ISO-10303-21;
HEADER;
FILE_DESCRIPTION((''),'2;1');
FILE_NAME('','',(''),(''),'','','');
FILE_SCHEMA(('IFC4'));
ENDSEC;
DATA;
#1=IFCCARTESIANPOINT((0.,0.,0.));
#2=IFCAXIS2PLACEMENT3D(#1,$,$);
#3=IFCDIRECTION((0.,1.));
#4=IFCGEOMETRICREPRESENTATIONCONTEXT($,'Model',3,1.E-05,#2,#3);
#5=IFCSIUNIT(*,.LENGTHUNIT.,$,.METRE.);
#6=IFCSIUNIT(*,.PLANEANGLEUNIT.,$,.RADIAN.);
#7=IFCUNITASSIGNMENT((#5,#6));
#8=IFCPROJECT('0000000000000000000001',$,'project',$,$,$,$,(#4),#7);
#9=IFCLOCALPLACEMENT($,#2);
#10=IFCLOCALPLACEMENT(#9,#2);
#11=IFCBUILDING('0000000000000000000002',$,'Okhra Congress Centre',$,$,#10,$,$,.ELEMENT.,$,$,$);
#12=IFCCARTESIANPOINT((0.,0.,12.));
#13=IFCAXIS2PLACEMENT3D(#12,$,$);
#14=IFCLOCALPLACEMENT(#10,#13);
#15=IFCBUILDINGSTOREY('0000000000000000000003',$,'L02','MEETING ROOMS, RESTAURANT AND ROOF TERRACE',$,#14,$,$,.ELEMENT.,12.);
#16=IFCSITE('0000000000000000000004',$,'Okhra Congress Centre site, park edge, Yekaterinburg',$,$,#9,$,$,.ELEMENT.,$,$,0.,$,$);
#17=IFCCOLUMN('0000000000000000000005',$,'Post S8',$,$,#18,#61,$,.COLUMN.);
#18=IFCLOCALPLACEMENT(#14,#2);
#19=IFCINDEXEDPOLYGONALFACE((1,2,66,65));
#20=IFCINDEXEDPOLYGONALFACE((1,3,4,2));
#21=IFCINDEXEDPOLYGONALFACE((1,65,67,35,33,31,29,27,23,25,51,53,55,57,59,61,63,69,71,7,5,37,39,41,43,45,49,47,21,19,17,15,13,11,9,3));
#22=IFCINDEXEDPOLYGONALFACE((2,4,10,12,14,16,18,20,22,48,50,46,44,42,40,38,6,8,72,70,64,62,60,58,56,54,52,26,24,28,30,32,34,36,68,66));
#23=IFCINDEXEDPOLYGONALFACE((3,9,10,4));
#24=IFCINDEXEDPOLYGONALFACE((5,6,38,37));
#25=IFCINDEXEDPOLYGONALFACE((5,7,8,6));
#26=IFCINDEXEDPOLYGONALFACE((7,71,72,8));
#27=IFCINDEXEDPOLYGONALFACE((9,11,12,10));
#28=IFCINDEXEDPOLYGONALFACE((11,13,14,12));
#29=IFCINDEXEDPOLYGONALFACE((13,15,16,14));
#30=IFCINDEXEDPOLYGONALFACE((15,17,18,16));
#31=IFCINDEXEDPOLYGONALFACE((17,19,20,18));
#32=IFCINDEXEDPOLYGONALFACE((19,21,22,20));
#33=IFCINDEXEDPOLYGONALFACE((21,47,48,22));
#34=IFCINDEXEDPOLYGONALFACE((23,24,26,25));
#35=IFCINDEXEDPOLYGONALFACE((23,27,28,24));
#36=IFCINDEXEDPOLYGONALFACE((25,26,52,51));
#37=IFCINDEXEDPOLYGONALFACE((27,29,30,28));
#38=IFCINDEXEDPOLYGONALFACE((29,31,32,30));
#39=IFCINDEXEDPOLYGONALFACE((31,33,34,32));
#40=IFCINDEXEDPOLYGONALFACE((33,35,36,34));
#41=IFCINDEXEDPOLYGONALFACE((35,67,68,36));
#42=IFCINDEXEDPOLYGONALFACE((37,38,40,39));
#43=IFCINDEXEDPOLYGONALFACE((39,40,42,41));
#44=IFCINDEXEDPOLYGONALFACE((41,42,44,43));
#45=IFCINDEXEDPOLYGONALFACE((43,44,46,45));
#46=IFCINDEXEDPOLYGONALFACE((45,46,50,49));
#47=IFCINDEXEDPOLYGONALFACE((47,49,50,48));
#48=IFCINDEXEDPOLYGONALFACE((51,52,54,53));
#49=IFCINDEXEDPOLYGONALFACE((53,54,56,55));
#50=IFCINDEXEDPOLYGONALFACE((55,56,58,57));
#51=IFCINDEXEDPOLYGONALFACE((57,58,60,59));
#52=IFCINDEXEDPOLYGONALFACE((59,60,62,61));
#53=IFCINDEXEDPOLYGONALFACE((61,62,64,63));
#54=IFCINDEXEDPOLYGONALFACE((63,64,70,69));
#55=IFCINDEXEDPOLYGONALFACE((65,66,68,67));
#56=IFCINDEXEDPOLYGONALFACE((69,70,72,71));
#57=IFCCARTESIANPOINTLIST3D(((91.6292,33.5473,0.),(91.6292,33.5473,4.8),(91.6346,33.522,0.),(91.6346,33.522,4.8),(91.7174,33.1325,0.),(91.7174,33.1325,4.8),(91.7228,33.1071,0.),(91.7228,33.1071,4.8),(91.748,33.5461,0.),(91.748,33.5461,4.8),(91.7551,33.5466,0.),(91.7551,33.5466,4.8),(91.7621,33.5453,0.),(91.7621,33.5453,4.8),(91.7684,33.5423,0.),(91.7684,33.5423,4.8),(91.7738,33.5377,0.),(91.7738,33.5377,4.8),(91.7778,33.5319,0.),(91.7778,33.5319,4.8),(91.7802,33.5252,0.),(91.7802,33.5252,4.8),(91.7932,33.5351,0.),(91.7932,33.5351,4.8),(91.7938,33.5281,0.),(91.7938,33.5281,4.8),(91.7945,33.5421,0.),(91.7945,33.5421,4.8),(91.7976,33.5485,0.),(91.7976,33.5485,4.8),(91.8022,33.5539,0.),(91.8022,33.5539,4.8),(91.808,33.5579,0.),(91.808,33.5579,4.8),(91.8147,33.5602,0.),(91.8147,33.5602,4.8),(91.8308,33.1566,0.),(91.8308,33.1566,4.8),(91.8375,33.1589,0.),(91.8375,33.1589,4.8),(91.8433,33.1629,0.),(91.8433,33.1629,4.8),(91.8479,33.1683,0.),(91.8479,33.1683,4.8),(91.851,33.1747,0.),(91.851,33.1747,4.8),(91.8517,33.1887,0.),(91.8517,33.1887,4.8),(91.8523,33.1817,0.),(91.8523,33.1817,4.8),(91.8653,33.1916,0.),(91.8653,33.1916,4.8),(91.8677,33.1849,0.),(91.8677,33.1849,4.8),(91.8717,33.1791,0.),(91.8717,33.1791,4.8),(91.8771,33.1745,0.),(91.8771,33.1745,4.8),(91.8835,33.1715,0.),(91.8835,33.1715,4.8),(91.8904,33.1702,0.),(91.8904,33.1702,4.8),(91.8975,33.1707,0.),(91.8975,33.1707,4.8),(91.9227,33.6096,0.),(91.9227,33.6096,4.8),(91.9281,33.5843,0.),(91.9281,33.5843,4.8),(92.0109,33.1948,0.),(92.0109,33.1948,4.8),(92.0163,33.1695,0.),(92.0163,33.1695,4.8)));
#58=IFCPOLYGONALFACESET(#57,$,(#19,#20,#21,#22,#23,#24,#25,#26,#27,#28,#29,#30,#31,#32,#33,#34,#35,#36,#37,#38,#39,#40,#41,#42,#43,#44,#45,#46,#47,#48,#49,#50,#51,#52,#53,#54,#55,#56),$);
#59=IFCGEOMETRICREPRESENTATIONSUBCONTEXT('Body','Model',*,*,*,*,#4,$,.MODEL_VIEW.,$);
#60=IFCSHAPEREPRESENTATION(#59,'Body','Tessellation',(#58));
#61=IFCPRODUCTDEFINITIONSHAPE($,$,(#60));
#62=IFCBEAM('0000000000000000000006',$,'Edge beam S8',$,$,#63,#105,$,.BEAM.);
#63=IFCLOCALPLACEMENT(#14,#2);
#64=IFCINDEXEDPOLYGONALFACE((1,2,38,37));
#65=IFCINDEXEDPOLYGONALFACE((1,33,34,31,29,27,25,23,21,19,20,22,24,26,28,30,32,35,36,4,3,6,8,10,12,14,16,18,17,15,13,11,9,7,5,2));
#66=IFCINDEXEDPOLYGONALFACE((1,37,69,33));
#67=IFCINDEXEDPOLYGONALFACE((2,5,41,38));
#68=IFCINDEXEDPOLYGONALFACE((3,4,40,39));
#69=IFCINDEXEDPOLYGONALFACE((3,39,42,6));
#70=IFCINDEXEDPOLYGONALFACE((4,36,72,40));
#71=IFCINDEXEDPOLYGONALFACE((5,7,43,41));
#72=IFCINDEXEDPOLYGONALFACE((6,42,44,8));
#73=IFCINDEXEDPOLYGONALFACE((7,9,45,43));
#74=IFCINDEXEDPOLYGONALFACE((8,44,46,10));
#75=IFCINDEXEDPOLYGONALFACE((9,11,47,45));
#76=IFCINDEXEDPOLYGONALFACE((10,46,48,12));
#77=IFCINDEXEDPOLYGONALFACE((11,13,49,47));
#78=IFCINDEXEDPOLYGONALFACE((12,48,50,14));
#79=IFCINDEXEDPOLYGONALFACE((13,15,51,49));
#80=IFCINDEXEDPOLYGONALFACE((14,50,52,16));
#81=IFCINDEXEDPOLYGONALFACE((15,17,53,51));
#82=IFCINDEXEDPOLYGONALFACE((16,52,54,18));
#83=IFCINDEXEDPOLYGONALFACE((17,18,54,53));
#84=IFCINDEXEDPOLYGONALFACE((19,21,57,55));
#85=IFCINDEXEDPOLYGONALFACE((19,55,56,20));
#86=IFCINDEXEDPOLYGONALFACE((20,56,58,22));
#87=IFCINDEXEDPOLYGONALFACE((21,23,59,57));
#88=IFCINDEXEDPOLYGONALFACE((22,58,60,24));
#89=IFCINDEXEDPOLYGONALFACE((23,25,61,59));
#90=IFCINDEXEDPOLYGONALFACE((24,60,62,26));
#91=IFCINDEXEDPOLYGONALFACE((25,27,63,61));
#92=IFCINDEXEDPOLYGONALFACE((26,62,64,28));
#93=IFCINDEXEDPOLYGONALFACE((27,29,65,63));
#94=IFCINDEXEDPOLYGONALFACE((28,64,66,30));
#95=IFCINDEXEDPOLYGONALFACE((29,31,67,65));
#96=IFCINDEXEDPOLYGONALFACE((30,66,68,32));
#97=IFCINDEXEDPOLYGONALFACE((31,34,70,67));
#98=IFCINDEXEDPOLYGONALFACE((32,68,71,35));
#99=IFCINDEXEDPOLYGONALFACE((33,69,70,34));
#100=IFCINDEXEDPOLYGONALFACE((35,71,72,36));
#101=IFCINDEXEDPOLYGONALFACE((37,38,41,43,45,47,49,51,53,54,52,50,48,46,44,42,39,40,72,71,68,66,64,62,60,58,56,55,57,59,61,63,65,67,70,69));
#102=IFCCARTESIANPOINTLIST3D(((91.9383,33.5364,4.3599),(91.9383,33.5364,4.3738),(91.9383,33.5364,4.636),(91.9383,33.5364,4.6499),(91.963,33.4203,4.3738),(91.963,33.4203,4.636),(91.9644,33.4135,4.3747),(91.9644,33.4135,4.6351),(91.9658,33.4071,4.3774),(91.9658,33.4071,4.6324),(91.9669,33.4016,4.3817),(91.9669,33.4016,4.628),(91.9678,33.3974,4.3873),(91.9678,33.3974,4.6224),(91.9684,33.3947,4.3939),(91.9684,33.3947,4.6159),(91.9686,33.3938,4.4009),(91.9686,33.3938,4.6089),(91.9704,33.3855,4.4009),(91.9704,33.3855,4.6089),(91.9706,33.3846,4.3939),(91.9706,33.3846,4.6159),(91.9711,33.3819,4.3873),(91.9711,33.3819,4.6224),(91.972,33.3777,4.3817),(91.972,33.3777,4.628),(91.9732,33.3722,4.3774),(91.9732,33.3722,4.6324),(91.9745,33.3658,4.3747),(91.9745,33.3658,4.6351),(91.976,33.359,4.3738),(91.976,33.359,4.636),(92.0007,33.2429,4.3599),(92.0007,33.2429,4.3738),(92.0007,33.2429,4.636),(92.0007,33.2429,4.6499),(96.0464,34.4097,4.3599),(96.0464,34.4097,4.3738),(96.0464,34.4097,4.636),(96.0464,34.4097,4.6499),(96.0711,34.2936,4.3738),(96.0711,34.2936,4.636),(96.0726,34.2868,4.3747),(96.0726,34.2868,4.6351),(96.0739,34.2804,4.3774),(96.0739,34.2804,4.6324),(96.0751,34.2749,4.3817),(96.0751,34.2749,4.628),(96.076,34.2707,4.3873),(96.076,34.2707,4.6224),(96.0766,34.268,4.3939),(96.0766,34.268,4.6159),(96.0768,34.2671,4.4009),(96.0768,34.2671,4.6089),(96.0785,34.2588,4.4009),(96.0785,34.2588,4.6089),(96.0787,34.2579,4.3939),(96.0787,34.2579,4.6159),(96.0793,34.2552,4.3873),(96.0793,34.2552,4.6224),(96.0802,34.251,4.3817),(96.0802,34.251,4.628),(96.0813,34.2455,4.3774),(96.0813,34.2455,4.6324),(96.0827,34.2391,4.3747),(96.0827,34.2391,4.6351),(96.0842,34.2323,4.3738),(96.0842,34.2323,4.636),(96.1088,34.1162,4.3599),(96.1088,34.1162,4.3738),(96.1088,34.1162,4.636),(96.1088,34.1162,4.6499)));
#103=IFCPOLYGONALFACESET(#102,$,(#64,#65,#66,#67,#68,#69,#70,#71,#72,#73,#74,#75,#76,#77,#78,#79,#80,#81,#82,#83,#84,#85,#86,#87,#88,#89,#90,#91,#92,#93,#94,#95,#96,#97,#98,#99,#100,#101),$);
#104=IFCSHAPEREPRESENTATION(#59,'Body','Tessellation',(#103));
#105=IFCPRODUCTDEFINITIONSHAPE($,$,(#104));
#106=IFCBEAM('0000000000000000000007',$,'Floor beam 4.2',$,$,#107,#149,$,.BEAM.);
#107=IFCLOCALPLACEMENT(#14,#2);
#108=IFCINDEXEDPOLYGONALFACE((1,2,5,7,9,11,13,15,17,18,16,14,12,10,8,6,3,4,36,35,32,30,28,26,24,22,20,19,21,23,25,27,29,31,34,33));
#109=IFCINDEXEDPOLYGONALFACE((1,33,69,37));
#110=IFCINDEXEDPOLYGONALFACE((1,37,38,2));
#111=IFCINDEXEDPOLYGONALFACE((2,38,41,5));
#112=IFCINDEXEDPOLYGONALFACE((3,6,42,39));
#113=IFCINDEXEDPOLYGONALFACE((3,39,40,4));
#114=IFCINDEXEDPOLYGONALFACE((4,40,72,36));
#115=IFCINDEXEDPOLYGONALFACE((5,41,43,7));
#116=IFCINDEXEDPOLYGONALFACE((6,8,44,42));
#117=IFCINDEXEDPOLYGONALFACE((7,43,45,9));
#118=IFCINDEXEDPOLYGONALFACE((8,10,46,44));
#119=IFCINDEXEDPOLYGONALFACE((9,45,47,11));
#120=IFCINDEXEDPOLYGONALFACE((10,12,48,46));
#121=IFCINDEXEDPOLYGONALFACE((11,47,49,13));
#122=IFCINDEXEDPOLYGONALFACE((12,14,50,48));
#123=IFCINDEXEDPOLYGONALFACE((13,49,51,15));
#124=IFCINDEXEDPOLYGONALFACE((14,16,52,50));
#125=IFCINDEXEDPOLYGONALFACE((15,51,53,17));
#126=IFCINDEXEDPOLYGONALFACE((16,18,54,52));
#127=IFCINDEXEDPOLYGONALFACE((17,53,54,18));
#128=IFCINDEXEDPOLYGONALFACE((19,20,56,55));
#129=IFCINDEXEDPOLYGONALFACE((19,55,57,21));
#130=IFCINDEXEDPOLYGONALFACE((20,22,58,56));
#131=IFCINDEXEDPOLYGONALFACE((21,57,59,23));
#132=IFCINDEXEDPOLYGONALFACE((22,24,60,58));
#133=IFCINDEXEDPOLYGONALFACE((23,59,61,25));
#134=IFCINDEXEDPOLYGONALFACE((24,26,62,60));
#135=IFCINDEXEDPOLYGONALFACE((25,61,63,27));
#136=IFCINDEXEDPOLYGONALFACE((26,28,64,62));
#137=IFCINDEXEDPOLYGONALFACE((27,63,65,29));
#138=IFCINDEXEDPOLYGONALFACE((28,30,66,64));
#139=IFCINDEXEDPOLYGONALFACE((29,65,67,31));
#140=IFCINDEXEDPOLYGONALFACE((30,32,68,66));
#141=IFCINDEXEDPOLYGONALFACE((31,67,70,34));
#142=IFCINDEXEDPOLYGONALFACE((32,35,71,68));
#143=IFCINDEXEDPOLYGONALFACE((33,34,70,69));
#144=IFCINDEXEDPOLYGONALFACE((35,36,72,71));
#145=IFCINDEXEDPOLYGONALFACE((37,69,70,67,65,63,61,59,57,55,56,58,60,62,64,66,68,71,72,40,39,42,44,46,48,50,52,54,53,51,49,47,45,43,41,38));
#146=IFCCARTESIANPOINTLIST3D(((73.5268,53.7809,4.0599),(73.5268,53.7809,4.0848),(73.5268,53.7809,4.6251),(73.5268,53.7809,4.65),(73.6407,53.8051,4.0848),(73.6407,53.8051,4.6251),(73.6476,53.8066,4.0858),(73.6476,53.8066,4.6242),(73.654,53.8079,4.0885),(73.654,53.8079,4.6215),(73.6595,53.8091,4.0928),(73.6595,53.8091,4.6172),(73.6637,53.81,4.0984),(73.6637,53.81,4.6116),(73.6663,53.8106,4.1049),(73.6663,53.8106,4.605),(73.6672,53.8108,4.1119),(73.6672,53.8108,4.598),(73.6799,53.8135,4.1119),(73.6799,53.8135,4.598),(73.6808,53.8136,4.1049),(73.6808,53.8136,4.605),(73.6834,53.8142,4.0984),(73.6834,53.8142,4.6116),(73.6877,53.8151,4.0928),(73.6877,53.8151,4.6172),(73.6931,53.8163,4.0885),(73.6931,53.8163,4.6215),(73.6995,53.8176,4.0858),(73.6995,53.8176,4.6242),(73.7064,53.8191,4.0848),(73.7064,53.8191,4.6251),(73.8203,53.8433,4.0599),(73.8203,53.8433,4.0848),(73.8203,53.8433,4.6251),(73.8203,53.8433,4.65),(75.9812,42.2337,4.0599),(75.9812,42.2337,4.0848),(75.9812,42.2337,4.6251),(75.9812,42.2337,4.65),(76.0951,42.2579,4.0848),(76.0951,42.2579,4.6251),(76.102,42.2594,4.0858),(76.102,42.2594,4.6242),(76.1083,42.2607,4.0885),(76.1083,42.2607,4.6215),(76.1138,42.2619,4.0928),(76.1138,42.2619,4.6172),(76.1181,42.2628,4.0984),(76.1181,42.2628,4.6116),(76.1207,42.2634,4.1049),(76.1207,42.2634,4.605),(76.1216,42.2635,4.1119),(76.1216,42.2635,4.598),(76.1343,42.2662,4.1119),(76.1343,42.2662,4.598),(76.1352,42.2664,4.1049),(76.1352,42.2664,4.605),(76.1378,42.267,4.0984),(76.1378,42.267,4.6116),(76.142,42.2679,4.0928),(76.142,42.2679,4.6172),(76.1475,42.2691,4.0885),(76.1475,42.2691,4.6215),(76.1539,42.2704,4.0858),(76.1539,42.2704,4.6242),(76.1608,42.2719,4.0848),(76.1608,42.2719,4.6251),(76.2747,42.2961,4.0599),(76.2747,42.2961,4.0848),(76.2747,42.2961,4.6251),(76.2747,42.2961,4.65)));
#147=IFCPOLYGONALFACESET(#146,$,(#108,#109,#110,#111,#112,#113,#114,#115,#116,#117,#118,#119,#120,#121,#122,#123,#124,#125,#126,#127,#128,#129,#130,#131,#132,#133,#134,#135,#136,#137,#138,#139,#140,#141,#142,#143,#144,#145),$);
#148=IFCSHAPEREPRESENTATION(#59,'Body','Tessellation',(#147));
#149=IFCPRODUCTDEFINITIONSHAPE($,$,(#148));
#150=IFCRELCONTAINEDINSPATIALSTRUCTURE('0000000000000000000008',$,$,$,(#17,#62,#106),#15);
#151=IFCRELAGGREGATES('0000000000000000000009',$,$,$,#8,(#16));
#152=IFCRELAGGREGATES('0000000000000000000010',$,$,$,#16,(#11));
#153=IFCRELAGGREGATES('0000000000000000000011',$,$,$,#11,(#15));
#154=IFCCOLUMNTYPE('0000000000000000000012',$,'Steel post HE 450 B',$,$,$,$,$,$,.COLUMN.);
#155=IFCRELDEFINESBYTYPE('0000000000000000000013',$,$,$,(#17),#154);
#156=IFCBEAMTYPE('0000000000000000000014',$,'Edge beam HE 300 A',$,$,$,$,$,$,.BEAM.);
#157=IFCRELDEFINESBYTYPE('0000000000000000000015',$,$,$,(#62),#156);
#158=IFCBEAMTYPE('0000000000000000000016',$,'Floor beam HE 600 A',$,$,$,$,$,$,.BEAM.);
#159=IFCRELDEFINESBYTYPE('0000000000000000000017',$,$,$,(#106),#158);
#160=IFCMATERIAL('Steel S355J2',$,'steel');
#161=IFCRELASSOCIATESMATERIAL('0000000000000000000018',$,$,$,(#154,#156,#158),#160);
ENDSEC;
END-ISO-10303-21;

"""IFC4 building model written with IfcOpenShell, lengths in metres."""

from ifc_helpers import new_model, si_unit, direction, frame, origin, origin_2d, place, context, subcontext, project, spatial, i_section, extrude, material, material_profile, profile_set, type_object, element, save


model = new_model("IFC4")

# Units and contexts
model_context = context("Model", 3, precision=1e-05, world=origin(), true_north=direction((0.0, 1.0)))
body_context = subcontext(model_context, "Body", "Model", "MODEL_VIEW")
ifc_project = project(units=[si_unit("LENGTHUNIT", "METRE"), si_unit("PLANEANGLEUNIT", "RADIAN")], contexts=[model_context])

# Site, building, storey
site_placement = place(None, origin())
site = spatial("IfcSite", under=ifc_project, at=site_placement, Name="Okhra Congress Centre site, park edge, Yekaterinburg", CompositionType="ELEMENT", RefElevation=0.0)
building_placement = place(site_placement, origin())
building = spatial("IfcBuilding", under=site, at=building_placement, Name="Okhra Congress Centre", CompositionType="ELEMENT")
storey_placement = place(building_placement, frame((0.0, 0.0, 12.0)))
storey = spatial("IfcBuildingStorey", under=building, at=storey_placement, Name="L02", Description="MEETING ROOMS, RESTAURANT AND ROOF TERRACE", CompositionType="ELEMENT", Elevation=12.0)

# Column
ifc_material_1 = material(Name="Steel S355J2", Category="steel")
ifc_material_profile_1 = material_profile(ifc_material_1, i_section(OverallWidth=0.3, OverallDepth=0.45, WebThickness=0.0139, FlangeThickness=0.0259, FilletRadius=0.0271, at=origin_2d()), Name="HE 450 B")
ifc_profile_set_1 = profile_set([ifc_material_profile_1], Name="Steel S355J2")
column_type = type_object("IfcColumnType", Name="Steel post HE 450 B", PredefinedType="COLUMN", material=ifc_profile_set_1)
column_placement = place(storey_placement, frame((91.8228, 33.3584, 0.0), z_axis=(0.0, 0.0, 1.0), x_axis=(0.978148, 0.207912, 0.0)))
element("IfcColumn", 1, at=column_placement, inside=storey, type_object=column_type, Name="Post S8", PredefinedType="COLUMN", context=body_context, shape_type="SweptSolid", body=[
    extrude(i_section(OverallWidth=0.3, OverallDepth=0.45, WebThickness=0.0139, FlangeThickness=0.0259, FilletRadius=0.0271, at=origin_2d()), origin(), (0.0, 0.0, 1.0), 4.8),
])

# Beams
ifc_material_profile_2 = material_profile(ifc_material_1, i_section(OverallWidth=0.3, OverallDepth=0.29, WebThickness=0.0085, FlangeThickness=0.0139, FilletRadius=0.0271, at=origin_2d()), Name="HE 300 A")
ifc_profile_set_2 = profile_set([ifc_material_profile_2], Name="Steel S355J2")
beam_type_1 = type_object("IfcBeamType", Name="Edge beam HE 300 A", PredefinedType="BEAM", material=ifc_profile_set_2)
beam_1_placement = place(storey_placement, frame((91.9695, 33.3896, 4.5049), z_axis=(0.978144, 0.207929, 0.0), x_axis=(-0.207929, 0.978144, 0.0)))
element("IfcBeam", 2, at=beam_1_placement, inside=storey, type_object=beam_type_1, Name="Edge beam S8", PredefinedType="BEAM", context=body_context, shape_type="SweptSolid", body=[
    extrude(i_section(OverallWidth=0.3, OverallDepth=0.29, WebThickness=0.0085, FlangeThickness=0.0139, FilletRadius=0.0271, at=origin_2d()), origin(), (0.0, 0.0, 1.0), 4.2),
])
ifc_material_profile_3 = material_profile(ifc_material_1, i_section(OverallWidth=0.3, OverallDepth=0.5901, WebThickness=0.0129, FlangeThickness=0.0249, FilletRadius=0.0271, at=origin_2d()), Name="HE 600 A")
ifc_profile_set_3 = profile_set([ifc_material_profile_3], Name="Steel S355J2")
beam_type_2 = type_object("IfcBeamType", Name="Floor beam HE 600 A", PredefinedType="BEAM", material=ifc_profile_set_3)
beam_2_placement = place(storey_placement, frame((76.1279, 42.2649, 4.355), z_axis=(-0.207906, 0.978149, 0.0), x_axis=(-0.978149, -0.207906, 0.0)))
element("IfcBeam", 3, at=beam_2_placement, inside=storey, type_object=beam_type_2, Name="Floor beam 4.2", PredefinedType="BEAM", context=body_context, shape_type="SweptSolid", body=[
    extrude(i_section(OverallWidth=0.3, OverallDepth=0.5901, WebThickness=0.0129, FlangeThickness=0.0249, FilletRadius=0.0271, at=origin_2d()), origin(), (0.0, 0.0, 1.0), 11.8052),
])

save(model, "model.ifc")
